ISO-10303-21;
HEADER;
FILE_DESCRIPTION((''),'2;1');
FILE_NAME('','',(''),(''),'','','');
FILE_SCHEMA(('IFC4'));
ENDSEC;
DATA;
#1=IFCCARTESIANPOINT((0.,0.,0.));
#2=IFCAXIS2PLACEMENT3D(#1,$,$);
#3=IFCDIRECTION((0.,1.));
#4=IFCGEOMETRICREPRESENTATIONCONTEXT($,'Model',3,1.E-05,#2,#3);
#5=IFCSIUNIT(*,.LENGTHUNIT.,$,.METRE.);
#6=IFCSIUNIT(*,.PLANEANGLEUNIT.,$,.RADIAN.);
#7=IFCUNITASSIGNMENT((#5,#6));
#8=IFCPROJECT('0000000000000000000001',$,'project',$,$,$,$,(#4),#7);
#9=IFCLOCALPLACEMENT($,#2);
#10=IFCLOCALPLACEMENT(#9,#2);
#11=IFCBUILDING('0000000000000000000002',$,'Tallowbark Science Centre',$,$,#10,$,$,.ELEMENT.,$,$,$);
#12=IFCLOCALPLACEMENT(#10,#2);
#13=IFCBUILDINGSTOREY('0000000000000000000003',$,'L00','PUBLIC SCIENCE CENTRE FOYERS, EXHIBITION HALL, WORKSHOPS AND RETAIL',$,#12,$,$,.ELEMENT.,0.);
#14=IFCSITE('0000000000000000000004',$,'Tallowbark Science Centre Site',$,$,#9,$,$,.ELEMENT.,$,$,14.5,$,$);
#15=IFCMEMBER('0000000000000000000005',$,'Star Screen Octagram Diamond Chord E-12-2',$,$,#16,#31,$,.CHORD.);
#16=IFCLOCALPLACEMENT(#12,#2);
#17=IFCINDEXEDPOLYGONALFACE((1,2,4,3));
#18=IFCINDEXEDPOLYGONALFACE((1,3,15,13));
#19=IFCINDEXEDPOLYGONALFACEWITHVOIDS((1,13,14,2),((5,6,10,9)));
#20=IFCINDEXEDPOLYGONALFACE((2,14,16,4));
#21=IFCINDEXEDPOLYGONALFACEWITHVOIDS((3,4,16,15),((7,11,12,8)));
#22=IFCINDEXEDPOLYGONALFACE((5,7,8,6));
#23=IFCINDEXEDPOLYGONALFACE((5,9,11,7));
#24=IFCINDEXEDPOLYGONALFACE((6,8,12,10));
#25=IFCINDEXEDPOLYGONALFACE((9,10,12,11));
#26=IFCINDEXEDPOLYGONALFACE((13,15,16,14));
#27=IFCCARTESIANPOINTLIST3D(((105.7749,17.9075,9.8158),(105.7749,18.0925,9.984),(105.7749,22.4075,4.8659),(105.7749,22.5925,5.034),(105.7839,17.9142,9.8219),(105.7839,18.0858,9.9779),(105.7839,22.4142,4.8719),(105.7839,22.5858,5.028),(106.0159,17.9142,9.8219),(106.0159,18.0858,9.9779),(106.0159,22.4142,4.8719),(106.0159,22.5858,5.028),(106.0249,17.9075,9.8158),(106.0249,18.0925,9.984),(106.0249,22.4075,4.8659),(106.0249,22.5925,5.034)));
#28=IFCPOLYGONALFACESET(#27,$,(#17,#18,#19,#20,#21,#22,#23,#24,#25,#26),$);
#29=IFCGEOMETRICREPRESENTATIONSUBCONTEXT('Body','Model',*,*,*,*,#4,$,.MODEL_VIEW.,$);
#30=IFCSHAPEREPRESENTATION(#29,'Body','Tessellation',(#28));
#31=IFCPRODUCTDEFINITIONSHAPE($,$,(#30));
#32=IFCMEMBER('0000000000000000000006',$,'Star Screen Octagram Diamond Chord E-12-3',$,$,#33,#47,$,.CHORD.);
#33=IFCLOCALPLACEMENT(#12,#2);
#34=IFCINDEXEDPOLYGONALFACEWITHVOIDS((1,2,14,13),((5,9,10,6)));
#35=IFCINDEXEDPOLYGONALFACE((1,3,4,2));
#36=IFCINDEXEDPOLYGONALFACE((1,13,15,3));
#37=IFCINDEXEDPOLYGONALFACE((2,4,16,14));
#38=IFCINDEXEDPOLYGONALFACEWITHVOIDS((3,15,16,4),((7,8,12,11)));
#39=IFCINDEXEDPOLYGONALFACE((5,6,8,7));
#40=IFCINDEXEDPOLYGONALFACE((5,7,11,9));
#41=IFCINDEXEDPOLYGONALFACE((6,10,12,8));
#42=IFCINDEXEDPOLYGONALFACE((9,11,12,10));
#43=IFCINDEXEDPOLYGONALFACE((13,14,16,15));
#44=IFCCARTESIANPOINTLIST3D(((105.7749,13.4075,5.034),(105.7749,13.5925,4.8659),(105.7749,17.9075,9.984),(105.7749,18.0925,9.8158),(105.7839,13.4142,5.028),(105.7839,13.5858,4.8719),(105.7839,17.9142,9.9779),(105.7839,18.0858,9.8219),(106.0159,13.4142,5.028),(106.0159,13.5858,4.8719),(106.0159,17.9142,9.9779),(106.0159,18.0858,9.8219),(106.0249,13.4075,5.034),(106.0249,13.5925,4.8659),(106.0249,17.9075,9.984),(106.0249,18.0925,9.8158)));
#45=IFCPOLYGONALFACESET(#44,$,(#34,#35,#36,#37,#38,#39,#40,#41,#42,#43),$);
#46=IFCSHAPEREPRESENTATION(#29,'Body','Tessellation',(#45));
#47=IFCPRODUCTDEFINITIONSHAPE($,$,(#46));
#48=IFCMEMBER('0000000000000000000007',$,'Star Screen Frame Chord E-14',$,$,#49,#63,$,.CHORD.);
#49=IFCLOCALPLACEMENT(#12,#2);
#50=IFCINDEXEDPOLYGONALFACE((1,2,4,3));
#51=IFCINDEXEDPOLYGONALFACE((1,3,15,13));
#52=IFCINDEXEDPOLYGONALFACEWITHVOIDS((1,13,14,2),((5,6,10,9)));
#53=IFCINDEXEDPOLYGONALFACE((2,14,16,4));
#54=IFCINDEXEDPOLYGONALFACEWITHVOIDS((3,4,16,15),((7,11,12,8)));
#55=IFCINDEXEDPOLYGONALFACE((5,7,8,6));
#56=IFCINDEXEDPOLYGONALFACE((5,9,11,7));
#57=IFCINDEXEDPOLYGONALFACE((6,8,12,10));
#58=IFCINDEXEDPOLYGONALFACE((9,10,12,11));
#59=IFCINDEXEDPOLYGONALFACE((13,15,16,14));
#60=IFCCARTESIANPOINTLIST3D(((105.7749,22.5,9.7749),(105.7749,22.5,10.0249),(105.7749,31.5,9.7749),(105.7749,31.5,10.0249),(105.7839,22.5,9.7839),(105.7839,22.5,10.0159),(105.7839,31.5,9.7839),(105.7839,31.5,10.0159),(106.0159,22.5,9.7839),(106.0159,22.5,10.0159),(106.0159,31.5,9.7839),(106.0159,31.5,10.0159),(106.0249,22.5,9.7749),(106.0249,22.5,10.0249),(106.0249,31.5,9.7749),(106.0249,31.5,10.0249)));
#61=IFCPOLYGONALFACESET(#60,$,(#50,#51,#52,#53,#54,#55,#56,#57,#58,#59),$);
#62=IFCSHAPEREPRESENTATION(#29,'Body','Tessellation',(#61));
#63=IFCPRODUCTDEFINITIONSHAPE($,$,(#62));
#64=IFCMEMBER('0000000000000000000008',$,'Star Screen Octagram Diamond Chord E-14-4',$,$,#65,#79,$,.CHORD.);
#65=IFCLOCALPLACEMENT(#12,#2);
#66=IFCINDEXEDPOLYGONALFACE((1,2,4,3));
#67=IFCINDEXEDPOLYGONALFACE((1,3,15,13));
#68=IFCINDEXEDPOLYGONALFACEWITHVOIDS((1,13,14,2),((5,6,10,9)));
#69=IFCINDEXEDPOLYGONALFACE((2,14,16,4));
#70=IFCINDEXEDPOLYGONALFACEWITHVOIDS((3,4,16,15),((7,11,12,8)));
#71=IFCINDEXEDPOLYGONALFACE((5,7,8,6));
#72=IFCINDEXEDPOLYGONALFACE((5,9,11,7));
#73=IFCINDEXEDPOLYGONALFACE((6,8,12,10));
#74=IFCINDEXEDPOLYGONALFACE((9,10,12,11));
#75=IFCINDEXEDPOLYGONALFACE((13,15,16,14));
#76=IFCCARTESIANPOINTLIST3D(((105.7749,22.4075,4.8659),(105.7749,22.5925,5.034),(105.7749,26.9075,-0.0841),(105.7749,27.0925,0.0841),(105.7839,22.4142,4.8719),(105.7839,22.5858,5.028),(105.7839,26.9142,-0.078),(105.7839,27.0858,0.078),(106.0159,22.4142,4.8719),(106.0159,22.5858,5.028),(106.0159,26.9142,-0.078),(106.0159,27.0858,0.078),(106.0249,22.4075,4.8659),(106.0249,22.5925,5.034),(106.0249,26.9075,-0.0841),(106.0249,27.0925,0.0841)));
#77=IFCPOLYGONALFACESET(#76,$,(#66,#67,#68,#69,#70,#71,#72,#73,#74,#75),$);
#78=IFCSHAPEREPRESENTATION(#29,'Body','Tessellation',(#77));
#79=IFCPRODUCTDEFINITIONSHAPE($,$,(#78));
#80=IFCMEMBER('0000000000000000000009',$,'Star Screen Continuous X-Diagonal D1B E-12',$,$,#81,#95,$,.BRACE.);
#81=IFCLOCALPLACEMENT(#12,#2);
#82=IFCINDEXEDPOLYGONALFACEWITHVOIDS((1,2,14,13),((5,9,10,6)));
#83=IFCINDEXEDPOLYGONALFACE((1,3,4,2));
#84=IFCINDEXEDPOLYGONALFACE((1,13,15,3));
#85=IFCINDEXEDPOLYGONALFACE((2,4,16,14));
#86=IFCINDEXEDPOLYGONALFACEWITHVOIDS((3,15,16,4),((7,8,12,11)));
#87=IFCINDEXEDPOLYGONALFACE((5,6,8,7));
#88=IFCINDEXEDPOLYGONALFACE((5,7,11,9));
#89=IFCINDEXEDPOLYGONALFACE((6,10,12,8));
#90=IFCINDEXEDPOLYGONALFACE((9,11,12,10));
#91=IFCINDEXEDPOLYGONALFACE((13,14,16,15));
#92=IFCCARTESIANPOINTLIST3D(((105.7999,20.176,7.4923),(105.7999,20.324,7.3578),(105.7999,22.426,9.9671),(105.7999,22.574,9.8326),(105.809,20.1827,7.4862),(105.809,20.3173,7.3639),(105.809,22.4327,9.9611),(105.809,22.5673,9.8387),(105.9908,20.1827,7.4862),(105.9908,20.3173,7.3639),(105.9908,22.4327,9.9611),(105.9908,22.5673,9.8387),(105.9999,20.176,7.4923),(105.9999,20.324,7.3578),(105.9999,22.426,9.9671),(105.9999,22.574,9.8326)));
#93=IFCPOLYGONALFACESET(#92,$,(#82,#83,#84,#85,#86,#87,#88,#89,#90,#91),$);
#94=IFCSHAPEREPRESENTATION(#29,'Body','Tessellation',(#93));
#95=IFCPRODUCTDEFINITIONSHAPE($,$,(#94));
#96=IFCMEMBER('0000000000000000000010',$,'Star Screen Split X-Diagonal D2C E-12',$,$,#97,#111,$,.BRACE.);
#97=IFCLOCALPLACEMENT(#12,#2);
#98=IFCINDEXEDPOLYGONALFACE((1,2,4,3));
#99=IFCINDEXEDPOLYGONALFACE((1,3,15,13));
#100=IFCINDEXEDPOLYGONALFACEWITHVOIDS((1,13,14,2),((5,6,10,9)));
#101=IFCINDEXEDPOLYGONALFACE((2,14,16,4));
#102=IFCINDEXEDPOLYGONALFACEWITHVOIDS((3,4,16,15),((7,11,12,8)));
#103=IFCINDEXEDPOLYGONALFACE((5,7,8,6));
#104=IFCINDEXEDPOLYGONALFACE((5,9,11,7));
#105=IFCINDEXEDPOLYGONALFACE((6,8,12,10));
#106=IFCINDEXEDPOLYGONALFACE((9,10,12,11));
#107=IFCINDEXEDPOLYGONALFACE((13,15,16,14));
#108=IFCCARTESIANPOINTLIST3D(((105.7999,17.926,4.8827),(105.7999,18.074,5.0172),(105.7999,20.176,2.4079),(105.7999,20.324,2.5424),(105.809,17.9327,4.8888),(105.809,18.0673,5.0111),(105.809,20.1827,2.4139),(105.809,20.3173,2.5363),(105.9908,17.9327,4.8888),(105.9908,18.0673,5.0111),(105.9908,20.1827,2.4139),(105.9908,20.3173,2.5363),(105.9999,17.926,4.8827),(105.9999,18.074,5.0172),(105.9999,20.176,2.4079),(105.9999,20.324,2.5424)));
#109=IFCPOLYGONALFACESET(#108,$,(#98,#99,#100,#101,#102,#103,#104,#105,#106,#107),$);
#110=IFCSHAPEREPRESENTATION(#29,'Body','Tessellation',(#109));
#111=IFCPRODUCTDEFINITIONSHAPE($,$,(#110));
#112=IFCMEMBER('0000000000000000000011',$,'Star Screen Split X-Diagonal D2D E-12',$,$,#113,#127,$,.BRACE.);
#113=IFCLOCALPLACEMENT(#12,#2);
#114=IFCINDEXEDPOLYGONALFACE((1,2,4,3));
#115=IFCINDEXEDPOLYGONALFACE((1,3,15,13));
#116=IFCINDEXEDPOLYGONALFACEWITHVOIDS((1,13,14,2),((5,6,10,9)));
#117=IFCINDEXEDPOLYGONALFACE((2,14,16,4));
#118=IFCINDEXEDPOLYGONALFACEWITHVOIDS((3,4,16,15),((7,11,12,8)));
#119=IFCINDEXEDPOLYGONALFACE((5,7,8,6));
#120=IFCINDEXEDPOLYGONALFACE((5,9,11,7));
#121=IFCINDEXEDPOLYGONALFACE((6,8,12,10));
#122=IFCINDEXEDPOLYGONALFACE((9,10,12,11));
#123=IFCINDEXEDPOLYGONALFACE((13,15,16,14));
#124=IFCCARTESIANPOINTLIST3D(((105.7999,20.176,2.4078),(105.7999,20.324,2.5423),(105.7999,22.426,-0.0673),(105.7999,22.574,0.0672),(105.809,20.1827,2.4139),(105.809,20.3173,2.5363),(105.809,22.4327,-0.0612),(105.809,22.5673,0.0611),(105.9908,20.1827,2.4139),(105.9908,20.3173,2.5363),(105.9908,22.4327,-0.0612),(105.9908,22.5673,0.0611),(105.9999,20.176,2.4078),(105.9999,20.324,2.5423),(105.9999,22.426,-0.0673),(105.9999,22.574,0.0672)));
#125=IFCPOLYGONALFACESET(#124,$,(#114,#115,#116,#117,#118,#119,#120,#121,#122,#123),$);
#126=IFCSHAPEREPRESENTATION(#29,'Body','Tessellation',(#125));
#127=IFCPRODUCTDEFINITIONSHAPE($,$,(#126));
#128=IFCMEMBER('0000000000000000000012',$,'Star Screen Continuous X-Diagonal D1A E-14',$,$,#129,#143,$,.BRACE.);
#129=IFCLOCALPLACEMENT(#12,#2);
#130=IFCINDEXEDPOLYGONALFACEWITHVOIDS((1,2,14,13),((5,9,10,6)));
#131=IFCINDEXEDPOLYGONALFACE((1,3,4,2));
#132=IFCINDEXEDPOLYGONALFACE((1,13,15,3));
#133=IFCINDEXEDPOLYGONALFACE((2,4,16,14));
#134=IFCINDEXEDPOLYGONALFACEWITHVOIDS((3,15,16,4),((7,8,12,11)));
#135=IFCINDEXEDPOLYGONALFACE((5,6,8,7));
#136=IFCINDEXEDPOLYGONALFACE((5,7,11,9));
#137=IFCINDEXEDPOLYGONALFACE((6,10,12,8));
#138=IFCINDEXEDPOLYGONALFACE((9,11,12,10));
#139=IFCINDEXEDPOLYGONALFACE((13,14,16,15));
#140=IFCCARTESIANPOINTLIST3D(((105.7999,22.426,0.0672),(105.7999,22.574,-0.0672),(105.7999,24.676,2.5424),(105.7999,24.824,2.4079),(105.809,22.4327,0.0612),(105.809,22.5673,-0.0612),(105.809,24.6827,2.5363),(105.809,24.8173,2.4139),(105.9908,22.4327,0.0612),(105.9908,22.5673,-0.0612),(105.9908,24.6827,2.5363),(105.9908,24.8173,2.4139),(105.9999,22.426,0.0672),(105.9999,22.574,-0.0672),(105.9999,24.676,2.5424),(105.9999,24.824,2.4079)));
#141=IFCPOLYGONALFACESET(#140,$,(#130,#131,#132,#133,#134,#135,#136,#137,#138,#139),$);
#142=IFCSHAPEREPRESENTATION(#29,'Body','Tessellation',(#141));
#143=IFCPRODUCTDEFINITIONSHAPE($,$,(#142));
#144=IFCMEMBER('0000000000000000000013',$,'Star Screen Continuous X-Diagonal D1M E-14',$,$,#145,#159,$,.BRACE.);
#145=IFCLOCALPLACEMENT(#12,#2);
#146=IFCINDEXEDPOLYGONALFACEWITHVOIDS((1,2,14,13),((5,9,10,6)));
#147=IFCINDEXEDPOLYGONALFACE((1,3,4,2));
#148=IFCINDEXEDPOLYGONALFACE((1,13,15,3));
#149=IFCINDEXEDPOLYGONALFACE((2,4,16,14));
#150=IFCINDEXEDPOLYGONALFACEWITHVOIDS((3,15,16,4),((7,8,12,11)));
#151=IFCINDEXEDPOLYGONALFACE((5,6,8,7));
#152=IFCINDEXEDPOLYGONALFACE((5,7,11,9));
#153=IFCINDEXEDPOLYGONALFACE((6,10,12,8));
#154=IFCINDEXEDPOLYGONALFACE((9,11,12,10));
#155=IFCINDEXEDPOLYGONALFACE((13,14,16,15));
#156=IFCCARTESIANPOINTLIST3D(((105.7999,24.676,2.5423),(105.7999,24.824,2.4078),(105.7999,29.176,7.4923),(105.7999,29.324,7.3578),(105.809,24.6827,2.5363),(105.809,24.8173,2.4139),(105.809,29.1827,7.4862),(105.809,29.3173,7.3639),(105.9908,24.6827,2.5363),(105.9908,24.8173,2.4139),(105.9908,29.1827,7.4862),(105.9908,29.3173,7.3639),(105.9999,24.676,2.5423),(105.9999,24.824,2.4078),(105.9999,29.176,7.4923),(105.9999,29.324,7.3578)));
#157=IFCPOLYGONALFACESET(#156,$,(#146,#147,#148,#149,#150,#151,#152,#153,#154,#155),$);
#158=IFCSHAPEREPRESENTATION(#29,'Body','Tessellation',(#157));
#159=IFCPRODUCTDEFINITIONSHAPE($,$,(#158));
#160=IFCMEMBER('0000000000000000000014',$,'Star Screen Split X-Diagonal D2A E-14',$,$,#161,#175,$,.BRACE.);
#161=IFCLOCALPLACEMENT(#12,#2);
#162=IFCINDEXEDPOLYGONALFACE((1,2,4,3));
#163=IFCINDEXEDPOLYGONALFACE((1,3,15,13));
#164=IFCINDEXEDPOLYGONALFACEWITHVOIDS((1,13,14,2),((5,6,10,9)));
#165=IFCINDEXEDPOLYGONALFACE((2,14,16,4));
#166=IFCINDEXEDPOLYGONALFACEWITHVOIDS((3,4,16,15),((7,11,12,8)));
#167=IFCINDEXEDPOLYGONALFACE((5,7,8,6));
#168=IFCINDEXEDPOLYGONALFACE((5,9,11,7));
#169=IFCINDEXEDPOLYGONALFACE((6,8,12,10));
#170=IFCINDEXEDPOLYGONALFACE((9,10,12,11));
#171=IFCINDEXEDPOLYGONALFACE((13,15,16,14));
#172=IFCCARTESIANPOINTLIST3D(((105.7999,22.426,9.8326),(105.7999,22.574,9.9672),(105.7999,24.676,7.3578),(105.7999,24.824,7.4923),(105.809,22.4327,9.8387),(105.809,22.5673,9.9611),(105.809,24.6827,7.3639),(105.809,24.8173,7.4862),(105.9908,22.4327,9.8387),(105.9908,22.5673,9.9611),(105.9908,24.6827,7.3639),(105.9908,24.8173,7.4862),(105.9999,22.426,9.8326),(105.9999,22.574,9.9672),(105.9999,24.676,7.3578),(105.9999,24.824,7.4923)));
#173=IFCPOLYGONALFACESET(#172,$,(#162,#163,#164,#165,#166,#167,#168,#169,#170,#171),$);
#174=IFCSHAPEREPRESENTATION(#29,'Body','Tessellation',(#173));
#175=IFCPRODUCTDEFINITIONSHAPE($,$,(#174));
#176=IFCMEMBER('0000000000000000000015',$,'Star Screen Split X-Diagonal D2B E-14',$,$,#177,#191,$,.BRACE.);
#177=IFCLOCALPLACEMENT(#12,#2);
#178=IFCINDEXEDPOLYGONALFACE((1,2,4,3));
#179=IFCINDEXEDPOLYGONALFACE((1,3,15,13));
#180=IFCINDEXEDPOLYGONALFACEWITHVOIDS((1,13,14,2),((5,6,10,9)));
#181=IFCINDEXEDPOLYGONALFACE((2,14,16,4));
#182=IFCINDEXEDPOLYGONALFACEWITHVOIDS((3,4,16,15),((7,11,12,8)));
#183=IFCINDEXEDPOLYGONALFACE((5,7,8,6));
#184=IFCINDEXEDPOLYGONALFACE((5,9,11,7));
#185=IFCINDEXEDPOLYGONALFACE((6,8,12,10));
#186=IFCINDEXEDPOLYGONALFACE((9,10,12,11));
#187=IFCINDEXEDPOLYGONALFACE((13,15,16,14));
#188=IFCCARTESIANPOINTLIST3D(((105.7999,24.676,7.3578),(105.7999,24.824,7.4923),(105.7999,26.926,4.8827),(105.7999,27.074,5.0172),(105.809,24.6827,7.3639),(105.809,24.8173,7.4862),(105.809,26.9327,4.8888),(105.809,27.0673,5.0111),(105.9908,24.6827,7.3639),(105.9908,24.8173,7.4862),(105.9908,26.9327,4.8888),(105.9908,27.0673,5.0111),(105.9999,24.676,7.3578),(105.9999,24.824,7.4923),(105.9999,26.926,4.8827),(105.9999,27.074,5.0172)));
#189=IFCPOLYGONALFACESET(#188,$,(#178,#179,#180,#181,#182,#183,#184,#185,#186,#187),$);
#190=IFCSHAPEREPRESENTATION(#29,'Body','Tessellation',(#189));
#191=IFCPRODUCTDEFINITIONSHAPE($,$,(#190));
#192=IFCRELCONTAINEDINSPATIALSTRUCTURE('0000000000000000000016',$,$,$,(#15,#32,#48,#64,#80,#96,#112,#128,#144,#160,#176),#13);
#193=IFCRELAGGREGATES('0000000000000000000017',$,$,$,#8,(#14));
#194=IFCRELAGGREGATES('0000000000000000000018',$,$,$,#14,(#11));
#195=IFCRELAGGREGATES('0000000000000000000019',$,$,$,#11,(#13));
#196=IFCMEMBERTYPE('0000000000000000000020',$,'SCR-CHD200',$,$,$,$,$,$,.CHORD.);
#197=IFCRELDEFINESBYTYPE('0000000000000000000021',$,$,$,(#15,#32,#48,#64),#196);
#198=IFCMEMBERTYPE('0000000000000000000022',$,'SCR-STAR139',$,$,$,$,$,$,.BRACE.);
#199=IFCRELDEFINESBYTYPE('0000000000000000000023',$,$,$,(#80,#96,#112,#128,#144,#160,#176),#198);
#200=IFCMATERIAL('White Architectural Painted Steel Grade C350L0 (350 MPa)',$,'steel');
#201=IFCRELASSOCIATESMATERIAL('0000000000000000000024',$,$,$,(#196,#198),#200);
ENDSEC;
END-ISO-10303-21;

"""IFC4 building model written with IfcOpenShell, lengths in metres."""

from ifc_helpers import new_model, si_unit, direction, frame, origin, origin_2d, place, context, subcontext, project, spatial, hollow_rectangle, extrude, material, material_profile, profile_set, type_object, element, save


model = new_model("IFC4")

# Units and contexts
model_context = context("Model", 3, precision=1e-05, world=origin(), true_north=direction((0.0, 1.0)))
body_context = subcontext(model_context, "Body", "Model", "MODEL_VIEW")
ifc_project = project(units=[si_unit("LENGTHUNIT", "METRE"), si_unit("PLANEANGLEUNIT", "RADIAN")], contexts=[model_context])

# Site, building, storey
site_placement = place(None, origin())
site = spatial("IfcSite", under=ifc_project, at=site_placement, Name="Tallowbark Science Centre Site", CompositionType="ELEMENT", RefElevation=14.5)
building_placement = place(site_placement, origin())
building = spatial("IfcBuilding", under=site, at=building_placement, Name="Tallowbark Science Centre", CompositionType="ELEMENT")
storey_placement = place(building_placement, origin())
storey = spatial("IfcBuildingStorey", under=building, at=storey_placement, Name="L00", Description="PUBLIC SCIENCE CENTRE FOYERS, EXHIBITION HALL, WORKSHOPS AND RETAIL", CompositionType="ELEMENT", Elevation=0.0)

# Shared definitions
ifc_material_1 = material(Name="White Architectural Painted Steel Grade C350L0 (350 MPa)", Category="steel")

# Members
ifc_material_profile_1 = material_profile(ifc_material_1, hollow_rectangle(XDim=0.25, YDim=0.25, WallThickness=0.009, at=origin_2d()), Name="250x250x9.0SHS")
ifc_profile_set_1 = profile_set([ifc_material_profile_1], Name="White Architectural Painted Steel Grade C350L0 (350 MPa)")
member_type_1 = type_object("IfcMemberType", Name="SCR-CHD200", PredefinedType="CHORD", material=ifc_profile_set_1)
for number, where, z_axis, x_axis, name in (
    (1, (105.8999, 22.5, 4.95), (0.0, -0.672676, 0.739937), (1.0, 0.0, 0.0), "Star Screen Octagram Diamond Chord E-12-2"),
    (2, (105.8999, 18.0, 9.8999), (0.0, -0.672676, -0.739937), (1.0, 0.0, 0.0), "Star Screen Octagram Diamond Chord E-12-3"),
):
    element("IfcMember", number, at=place(storey_placement, frame(where, z_axis=z_axis, x_axis=x_axis)), inside=storey, type_object=member_type_1, Name=name, PredefinedType="CHORD", context=body_context, shape_type="SweptSolid", body=[
        extrude(hollow_rectangle(XDim=0.25, YDim=0.25, WallThickness=0.009, at=origin_2d()), origin(), (0.0, 0.0, 1.0), 6.6897),
    ])
member_1_placement = place(storey_placement, frame((105.8999, 22.5, 9.8999), z_axis=(0.0, 1.0, 0.0), x_axis=(-1.0, 0.0, 0.0)))
element("IfcMember", 3, at=member_1_placement, inside=storey, type_object=member_type_1, Name="Star Screen Frame Chord E-14", PredefinedType="CHORD", context=body_context, shape_type="SweptSolid", body=[
    extrude(hollow_rectangle(XDim=0.25, YDim=0.25, WallThickness=0.009, at=origin_2d()), origin(), (0.0, 0.0, 1.0), 9.0),
])
member_2_placement = place(storey_placement, frame((105.8999, 22.5, 4.95), z_axis=(0.0, 0.672676, -0.739937), x_axis=(-1.0, 0.0, 0.0)))
element("IfcMember", 4, at=member_2_placement, inside=storey, type_object=member_type_1, Name="Star Screen Octagram Diamond Chord E-14-4", PredefinedType="CHORD", context=body_context, shape_type="SweptSolid", body=[
    extrude(hollow_rectangle(XDim=0.25, YDim=0.25, WallThickness=0.009, at=origin_2d()), origin(), (0.0, 0.0, 1.0), 6.6897),
])
ifc_material_profile_2 = material_profile(ifc_material_1, hollow_rectangle(XDim=0.2, YDim=0.2, WallThickness=0.009, at=origin_2d()), Name="200x200x9.0SHS")
ifc_profile_set_2 = profile_set([ifc_material_profile_2], Name="White Architectural Painted Steel Grade C350L0 (350 MPa)")
member_type_2 = type_object("IfcMemberType", Name="SCR-STAR139", PredefinedType="BRACE", material=ifc_profile_set_2)
for number, where, z_axis, x_axis, name in (
    (5, (105.8999, 20.25, 7.425), (0.0, 0.672695, 0.73992), (-1.0, 0.0, 0.0), "Star Screen Continuous X-Diagonal D1B E-12"),
    (6, (105.8999, 18.0, 4.95), (0.0, 0.672695, -0.73992), (-1.0, 0.0, 0.0), "Star Screen Split X-Diagonal D2C E-12"),
):
    element("IfcMember", number, at=place(storey_placement, frame(where, z_axis=z_axis, x_axis=x_axis)), inside=storey, type_object=member_type_2, Name=name, PredefinedType="BRACE", context=body_context, shape_type="SweptSolid", body=[
        extrude(hollow_rectangle(XDim=0.2, YDim=0.2, WallThickness=0.009, at=origin_2d()), origin(), (0.0, 0.0, 1.0), 3.3447),
    ])
for number, where, z_axis, x_axis, name in (
    (7, (105.8999, 20.25, 2.4751), (0.0, 0.672658, -0.739953), (-1.0, 0.0, 0.0), "Star Screen Split X-Diagonal D2D E-12"),
    (8, (105.8999, 22.5, 0.0), (0.0, 0.672658, 0.739953), (-1.0, 0.0, 0.0), "Star Screen Continuous X-Diagonal D1A E-14"),
):
    element("IfcMember", number, at=place(storey_placement, frame(where, z_axis=z_axis, x_axis=x_axis)), inside=storey, type_object=member_type_2, Name=name, PredefinedType="BRACE", context=body_context, shape_type="SweptSolid", body=[
        extrude(hollow_rectangle(XDim=0.2, YDim=0.2, WallThickness=0.009, at=origin_2d()), origin(), (0.0, 0.0, 1.0), 3.345),
    ])
member_3_placement = place(storey_placement, frame((105.8999, 24.75, 2.4751), z_axis=(0.0, 0.672676, 0.739937), x_axis=(-1.0, 0.0, 0.0)))
element("IfcMember", 9, at=member_3_placement, inside=storey, type_object=member_type_2, Name="Star Screen Continuous X-Diagonal D1M E-14", PredefinedType="BRACE", context=body_context, shape_type="SweptSolid", body=[
    extrude(hollow_rectangle(XDim=0.2, YDim=0.2, WallThickness=0.009, at=origin_2d()), origin(), (0.0, 0.0, 1.0), 6.6897),
])
member_4_placement = place(storey_placement, frame((105.8999, 22.5, 9.8999), z_axis=(0.0, 0.672695, -0.73992), x_axis=(-1.0, 0.0, 0.0)))
element("IfcMember", 10, at=member_4_placement, inside=storey, type_object=member_type_2, Name="Star Screen Split X-Diagonal D2A E-14", PredefinedType="BRACE", context=body_context, shape_type="SweptSolid", body=[
    extrude(hollow_rectangle(XDim=0.2, YDim=0.2, WallThickness=0.009, at=origin_2d()), origin(), (0.0, 0.0, 1.0), 3.3447),
])
member_5_placement = place(storey_placement, frame((105.8999, 24.75, 7.425), z_axis=(0.0, 0.672658, -0.739953), x_axis=(-1.0, 0.0, 0.0)))
element("IfcMember", 11, at=member_5_placement, inside=storey, type_object=member_type_2, Name="Star Screen Split X-Diagonal D2B E-14", PredefinedType="BRACE", context=body_context, shape_type="SweptSolid", body=[
    extrude(hollow_rectangle(XDim=0.2, YDim=0.2, WallThickness=0.009, at=origin_2d()), origin(), (0.0, 0.0, 1.0), 3.345),
])

save(model, "model.ifc")
